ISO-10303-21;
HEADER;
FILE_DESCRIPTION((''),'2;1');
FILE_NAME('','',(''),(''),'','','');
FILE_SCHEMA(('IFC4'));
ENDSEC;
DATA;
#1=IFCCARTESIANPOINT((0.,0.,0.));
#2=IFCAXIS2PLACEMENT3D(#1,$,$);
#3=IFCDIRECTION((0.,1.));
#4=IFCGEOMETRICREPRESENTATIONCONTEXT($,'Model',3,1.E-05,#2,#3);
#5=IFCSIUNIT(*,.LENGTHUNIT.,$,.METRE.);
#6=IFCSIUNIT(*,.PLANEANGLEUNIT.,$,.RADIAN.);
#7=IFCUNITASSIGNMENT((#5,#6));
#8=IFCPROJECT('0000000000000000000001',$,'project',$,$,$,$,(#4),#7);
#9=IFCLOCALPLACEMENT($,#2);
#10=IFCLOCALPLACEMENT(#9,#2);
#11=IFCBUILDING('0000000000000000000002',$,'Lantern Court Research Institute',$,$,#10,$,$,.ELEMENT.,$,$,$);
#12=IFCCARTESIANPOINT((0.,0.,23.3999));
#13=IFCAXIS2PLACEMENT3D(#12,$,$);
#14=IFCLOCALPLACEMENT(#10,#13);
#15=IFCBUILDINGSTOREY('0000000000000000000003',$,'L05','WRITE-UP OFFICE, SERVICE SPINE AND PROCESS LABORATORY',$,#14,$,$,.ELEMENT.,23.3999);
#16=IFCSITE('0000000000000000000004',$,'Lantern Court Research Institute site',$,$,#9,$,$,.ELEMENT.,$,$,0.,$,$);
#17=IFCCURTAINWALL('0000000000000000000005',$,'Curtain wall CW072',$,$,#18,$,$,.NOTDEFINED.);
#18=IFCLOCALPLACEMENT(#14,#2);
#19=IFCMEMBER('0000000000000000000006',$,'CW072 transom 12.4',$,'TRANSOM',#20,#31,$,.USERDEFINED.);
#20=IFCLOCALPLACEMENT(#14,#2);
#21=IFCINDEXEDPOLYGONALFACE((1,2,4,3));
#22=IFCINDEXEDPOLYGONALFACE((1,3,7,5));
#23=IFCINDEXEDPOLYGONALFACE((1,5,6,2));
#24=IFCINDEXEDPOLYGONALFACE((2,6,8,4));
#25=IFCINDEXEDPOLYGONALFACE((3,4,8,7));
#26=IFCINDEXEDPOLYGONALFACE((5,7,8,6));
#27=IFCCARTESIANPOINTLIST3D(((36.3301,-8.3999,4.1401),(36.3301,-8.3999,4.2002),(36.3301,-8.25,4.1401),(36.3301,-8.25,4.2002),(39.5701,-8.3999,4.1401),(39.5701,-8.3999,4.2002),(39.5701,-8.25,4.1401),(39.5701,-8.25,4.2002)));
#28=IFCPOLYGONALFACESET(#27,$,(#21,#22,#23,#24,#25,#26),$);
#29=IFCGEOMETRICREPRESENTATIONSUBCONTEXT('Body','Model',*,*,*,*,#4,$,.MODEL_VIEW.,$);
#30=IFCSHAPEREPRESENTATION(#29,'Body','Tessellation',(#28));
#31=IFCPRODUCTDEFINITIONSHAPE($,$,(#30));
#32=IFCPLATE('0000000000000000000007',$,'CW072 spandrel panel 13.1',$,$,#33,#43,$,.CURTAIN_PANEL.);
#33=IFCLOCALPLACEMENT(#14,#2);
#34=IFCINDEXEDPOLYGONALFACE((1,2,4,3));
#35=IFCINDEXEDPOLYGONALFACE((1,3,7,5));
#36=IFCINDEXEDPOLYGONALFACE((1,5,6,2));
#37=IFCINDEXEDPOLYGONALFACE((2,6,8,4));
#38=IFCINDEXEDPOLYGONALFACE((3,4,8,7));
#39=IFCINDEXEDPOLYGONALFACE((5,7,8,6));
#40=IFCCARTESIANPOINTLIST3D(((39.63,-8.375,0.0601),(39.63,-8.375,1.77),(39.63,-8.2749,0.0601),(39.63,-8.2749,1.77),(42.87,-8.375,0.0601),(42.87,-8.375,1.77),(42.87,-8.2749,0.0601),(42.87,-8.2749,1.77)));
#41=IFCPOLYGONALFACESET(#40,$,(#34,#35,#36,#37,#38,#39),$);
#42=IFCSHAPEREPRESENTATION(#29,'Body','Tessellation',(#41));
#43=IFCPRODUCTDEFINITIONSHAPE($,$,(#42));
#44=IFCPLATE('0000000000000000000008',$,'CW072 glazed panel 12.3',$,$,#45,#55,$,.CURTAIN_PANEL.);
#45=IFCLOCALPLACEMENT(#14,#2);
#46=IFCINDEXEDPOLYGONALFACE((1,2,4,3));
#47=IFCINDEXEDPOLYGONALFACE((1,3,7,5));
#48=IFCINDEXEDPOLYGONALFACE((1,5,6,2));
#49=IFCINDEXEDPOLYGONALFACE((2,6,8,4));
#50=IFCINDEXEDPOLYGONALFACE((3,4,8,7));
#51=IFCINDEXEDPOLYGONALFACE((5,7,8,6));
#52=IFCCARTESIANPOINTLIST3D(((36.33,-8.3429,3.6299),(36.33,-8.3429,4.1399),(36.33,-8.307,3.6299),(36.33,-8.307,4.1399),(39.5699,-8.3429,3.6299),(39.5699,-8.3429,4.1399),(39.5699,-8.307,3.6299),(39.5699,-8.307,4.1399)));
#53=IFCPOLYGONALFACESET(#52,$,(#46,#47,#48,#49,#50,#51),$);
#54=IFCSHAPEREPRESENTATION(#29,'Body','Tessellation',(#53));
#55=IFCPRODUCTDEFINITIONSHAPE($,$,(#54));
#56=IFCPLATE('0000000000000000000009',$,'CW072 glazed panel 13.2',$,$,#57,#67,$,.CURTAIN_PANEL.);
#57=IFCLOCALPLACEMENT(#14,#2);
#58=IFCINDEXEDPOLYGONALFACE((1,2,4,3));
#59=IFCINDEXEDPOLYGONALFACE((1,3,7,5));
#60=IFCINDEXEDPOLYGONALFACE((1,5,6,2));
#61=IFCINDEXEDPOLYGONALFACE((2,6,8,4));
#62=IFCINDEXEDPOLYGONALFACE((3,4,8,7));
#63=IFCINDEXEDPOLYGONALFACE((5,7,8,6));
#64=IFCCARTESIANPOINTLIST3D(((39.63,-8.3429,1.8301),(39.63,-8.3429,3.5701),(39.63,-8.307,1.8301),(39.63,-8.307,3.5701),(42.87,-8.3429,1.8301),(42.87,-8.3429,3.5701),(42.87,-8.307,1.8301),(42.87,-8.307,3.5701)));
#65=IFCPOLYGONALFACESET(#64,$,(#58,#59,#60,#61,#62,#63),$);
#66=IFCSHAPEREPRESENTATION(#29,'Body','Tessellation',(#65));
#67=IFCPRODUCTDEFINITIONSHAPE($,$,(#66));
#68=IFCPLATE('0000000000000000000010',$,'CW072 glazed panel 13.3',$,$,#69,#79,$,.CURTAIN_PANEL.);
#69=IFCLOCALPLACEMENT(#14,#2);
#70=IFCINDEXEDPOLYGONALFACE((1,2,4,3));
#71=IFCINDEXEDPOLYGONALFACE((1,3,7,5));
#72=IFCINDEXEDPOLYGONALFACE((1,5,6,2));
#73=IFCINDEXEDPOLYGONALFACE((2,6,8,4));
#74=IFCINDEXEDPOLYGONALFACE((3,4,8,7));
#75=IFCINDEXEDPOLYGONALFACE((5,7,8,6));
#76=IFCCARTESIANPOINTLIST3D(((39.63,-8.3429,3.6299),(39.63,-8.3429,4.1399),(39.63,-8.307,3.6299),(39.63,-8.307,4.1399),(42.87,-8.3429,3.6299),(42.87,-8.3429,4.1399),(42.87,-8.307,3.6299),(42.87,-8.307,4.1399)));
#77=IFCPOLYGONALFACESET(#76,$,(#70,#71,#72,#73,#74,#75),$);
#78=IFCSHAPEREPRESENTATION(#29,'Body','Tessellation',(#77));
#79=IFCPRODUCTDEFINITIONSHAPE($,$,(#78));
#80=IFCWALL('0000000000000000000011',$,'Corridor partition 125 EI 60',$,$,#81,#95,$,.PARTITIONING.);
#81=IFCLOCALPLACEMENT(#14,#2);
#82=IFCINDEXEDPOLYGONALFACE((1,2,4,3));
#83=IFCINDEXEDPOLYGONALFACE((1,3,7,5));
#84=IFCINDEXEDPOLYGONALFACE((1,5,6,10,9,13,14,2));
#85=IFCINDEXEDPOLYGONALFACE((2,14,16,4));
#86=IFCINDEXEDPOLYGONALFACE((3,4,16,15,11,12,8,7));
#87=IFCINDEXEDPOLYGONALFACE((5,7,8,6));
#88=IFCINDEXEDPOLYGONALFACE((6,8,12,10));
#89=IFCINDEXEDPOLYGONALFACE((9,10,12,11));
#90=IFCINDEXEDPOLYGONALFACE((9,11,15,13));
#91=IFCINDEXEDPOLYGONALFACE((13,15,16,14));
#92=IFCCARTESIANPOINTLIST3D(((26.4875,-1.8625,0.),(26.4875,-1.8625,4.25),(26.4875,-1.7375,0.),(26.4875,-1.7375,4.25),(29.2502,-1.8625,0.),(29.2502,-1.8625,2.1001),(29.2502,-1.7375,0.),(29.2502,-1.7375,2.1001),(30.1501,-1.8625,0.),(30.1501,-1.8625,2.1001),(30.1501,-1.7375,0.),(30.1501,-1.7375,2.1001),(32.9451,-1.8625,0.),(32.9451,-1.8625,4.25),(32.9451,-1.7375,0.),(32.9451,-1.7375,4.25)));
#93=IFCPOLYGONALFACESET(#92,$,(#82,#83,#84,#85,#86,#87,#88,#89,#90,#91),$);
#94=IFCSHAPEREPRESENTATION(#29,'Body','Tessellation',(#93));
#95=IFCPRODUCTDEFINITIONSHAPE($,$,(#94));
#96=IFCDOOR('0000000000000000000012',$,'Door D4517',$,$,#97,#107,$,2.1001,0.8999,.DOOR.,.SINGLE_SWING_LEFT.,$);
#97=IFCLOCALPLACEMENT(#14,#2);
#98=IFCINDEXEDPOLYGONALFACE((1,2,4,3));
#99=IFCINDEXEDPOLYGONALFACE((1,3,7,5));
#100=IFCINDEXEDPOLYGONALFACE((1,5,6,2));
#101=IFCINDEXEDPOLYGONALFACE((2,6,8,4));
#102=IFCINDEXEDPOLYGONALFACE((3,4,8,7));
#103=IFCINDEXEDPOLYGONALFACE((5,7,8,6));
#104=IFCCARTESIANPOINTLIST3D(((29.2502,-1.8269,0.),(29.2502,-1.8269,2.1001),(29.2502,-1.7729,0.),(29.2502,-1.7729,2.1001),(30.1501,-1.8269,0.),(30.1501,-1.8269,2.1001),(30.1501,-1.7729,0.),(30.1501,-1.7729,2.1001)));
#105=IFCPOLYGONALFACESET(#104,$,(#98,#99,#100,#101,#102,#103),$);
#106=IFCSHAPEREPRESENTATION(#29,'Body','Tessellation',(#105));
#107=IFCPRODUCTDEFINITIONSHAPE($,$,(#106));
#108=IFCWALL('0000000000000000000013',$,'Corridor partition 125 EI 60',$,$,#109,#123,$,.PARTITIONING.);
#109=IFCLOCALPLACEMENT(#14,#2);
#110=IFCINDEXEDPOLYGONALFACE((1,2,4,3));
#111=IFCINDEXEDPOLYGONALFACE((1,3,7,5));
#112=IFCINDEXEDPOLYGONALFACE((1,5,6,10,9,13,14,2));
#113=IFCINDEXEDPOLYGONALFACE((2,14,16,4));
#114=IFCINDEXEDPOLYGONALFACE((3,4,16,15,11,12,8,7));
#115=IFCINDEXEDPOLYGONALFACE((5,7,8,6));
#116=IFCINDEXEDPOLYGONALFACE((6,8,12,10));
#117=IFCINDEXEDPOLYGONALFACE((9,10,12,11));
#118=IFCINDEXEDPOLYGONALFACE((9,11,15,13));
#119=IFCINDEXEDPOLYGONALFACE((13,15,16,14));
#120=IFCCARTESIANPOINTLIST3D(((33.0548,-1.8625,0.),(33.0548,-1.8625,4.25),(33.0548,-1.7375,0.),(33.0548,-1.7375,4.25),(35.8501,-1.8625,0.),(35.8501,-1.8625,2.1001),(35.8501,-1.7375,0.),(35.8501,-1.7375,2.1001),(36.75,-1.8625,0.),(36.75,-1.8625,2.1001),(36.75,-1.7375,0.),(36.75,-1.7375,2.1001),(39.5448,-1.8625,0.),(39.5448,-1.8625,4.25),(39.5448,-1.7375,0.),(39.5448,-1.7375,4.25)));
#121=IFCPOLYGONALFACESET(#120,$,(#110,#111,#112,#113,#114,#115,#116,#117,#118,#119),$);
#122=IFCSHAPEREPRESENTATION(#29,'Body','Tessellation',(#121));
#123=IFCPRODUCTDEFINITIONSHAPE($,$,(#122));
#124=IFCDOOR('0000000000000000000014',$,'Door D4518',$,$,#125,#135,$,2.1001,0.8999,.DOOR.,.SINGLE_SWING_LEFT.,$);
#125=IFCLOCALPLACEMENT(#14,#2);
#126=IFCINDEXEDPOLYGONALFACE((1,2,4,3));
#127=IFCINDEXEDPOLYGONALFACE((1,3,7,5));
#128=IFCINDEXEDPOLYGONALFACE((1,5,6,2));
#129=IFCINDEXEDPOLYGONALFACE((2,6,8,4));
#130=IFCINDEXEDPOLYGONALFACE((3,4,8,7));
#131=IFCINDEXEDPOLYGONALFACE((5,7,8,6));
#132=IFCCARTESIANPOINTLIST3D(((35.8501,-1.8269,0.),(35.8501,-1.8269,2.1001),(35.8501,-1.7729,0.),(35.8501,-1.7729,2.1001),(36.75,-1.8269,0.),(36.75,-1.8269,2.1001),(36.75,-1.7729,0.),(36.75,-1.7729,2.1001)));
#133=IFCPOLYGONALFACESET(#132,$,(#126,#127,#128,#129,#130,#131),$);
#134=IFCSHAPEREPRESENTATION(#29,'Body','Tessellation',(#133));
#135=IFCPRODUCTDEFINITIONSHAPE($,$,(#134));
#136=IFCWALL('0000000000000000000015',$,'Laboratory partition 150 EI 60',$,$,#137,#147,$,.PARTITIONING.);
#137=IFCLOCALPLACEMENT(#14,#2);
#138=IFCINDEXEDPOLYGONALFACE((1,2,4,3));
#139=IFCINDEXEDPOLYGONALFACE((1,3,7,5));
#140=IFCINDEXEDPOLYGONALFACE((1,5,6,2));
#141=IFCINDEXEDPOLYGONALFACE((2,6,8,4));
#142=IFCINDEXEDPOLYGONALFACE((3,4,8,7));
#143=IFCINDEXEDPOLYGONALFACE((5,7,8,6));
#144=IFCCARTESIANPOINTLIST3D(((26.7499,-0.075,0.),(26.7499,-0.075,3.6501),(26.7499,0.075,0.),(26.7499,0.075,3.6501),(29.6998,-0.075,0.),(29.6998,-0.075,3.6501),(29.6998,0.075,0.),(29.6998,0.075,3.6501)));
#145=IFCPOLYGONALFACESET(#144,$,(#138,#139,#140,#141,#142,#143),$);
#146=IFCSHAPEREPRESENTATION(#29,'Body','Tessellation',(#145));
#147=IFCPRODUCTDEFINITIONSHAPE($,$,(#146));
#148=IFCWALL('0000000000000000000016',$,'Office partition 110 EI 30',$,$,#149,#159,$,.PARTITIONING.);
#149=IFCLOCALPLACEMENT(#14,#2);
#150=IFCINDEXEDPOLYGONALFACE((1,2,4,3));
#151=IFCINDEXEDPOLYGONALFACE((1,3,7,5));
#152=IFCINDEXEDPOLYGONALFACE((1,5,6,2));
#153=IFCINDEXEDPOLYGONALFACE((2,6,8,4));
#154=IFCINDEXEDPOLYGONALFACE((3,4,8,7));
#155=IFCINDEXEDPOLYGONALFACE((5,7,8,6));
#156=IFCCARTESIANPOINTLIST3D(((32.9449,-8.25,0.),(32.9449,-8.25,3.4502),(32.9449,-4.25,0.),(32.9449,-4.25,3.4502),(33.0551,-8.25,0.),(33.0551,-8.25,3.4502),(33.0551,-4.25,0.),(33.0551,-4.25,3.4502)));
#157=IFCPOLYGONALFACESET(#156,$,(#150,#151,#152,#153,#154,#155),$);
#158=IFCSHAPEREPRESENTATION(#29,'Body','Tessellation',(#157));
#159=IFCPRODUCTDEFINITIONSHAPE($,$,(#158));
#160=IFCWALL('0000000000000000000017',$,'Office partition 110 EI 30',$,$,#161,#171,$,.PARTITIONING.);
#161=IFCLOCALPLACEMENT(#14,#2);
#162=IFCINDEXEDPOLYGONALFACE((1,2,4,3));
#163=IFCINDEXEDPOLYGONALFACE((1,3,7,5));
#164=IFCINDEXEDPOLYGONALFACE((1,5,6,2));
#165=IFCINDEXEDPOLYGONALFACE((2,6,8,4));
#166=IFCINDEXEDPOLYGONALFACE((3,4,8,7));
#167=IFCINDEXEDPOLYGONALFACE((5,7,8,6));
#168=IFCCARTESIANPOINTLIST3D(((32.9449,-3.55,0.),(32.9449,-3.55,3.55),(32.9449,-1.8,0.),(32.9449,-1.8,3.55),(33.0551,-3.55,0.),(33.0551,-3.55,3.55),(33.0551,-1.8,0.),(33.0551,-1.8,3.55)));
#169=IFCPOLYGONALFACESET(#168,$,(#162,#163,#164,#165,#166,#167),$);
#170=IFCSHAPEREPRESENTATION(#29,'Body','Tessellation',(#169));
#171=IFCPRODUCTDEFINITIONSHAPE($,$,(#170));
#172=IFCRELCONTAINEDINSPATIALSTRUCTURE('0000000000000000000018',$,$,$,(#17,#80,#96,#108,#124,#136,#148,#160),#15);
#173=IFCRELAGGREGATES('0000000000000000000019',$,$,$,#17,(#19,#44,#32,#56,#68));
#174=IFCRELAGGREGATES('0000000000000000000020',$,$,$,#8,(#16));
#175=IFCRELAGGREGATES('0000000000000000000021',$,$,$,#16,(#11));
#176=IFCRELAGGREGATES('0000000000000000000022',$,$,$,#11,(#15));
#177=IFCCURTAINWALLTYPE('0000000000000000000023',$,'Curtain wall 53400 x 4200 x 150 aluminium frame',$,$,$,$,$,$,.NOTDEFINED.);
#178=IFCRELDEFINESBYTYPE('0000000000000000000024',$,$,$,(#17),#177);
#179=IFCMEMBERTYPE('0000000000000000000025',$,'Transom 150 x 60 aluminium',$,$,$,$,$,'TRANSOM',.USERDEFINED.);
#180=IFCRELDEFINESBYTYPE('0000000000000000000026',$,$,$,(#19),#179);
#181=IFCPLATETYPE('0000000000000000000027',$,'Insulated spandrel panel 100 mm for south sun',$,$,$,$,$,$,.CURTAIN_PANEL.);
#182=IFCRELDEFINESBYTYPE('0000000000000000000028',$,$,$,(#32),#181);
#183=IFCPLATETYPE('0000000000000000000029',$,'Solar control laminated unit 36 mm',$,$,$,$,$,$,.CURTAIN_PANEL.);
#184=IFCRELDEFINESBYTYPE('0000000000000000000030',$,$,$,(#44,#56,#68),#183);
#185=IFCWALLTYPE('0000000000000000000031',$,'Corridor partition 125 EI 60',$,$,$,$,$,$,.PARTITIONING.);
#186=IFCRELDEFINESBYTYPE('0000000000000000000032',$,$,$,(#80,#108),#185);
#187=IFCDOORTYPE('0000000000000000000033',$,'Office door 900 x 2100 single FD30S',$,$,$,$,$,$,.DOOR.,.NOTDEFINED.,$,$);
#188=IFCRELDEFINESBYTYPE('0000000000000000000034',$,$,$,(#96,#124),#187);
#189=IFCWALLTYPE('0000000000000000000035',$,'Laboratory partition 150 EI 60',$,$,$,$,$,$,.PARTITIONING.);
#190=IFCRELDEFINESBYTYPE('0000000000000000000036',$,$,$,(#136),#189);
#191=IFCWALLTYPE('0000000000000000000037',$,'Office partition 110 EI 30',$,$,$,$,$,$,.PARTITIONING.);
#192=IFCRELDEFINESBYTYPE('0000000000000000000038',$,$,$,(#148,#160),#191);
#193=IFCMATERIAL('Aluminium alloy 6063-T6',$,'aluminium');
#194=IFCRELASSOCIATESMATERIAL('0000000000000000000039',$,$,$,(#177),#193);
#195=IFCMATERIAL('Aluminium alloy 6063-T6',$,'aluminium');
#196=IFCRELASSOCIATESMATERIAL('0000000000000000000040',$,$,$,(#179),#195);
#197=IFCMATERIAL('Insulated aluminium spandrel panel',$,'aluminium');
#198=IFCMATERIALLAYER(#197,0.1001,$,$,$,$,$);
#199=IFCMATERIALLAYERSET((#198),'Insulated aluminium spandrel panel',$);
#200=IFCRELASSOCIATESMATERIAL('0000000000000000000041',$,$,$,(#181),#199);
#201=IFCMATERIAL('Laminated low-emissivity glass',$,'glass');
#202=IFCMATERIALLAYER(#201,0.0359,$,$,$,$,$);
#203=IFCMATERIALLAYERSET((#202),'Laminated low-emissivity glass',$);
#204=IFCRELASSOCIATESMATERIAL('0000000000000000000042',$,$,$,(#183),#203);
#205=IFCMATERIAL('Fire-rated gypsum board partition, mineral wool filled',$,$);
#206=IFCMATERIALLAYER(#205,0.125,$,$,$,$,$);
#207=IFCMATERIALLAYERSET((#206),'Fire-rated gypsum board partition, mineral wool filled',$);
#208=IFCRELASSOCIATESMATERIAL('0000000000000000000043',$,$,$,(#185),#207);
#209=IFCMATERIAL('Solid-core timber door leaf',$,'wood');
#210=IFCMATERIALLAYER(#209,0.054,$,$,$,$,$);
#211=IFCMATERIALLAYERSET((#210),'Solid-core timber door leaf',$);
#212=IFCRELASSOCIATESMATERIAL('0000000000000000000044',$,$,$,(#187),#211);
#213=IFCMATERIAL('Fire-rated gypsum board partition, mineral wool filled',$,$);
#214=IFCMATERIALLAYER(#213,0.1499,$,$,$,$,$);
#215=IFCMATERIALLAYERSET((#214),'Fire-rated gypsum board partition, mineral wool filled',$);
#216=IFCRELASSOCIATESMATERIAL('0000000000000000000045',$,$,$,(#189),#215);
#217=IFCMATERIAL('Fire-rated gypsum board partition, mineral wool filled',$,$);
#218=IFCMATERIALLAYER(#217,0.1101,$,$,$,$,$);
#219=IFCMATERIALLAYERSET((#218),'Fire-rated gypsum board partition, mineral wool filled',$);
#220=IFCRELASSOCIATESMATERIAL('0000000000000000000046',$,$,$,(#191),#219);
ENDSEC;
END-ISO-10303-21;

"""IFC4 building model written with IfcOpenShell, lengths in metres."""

from ifc_helpers import new_model, si_unit, direction, frame, frame_2d, origin, origin_2d, place, context, subcontext, project, spatial, rectangle, extrude, material, layer, layer_set, material_profile, profile_set, type_object, element, fill, aggregate, save


model = new_model("IFC4")

# Units and contexts
model_context = context("Model", 3, precision=1e-05, world=origin(), true_north=direction((0.0, 1.0)))
body_context = subcontext(model_context, "Body", "Model", "MODEL_VIEW")
ifc_project = project(units=[si_unit("LENGTHUNIT", "METRE"), si_unit("PLANEANGLEUNIT", "RADIAN")], contexts=[model_context])

# Site, building, storey
site_placement = place(None, origin())
site = spatial("IfcSite", under=ifc_project, at=site_placement, Name="Lantern Court Research Institute site", CompositionType="ELEMENT", RefElevation=0.0)
building_placement = place(site_placement, origin())
building = spatial("IfcBuilding", under=site, at=building_placement, Name="Lantern Court Research Institute", CompositionType="ELEMENT")
storey_placement = place(building_placement, frame((0.0, 0.0, 23.3999)))
storey = spatial("IfcBuildingStorey", under=building, at=storey_placement, Name="L05", Description="WRITE-UP OFFICE, SERVICE SPINE AND PROCESS LABORATORY", CompositionType="ELEMENT", Elevation=23.3999)

# Curtain wall
ifc_material_1 = material(Name="Aluminium alloy 6063-T6", Category="aluminium")
curtain_wall_type = type_object("IfcCurtainWallType", Name="Curtain wall 53400 x 4200 x 150 aluminium frame", PredefinedType="NOTDEFINED", material=ifc_material_1)
curtain_wall_placement = place(storey_placement, origin())
curtain_wall = element("IfcCurtainWall", 1, at=curtain_wall_placement, inside=storey, type_object=curtain_wall_type, Name="Curtain wall CW072", PredefinedType="NOTDEFINED")

# Member
ifc_material_2 = material(Name="Aluminium alloy 6063-T6", Category="aluminium")
ifc_material_profile_1 = material_profile(ifc_material_2, rectangle(XDim=0.1499, YDim=0.0601, at=origin_2d()), Name="Transom 150 x 60")
ifc_profile_set_1 = profile_set([ifc_material_profile_1], Name="Aluminium alloy 6063-T6")
member_type_1 = type_object("IfcMemberType", Name="Transom 150 x 60 aluminium", ElementType="TRANSOM", PredefinedType="USERDEFINED", material=ifc_profile_set_1)
member_1_placement = place(storey_placement, frame((39.5701, -8.325, 4.1702), z_axis=(-1.0, 0.0, 0.0), x_axis=(0.0, -1.0, 0.0)))
member_1 = element("IfcMember", 2, at=member_1_placement, type_object=member_type_1, Name="CW072 transom 12.4", ObjectType="TRANSOM", PredefinedType="USERDEFINED", context=body_context, shape_type="SweptSolid", body=[
    extrude(rectangle(XDim=0.1499, YDim=0.0601, at=origin_2d()), origin(), (0.0, 0.0, 1.0), 3.24),
])

# Plates
ifc_material_3 = material(Name="Insulated aluminium spandrel panel", Category="aluminium")
ifc_layer_1 = layer(ifc_material_3, 0.1001)
ifc_layer_set_1 = layer_set([ifc_layer_1], Name="Insulated aluminium spandrel panel")
plate_type_1 = type_object("IfcPlateType", Name="Insulated spandrel panel 100 mm for south sun", PredefinedType="CURTAIN_PANEL", material=ifc_layer_set_1)
plate_1_placement = place(storey_placement, frame((41.25, -8.325, 0.0601), z_axis=(0.0, 0.0, 1.0), x_axis=(-1.0, 0.0, 0.0)))
plate_1 = element("IfcPlate", 3, at=plate_1_placement, type_object=plate_type_1, Name="CW072 spandrel panel 13.1", PredefinedType="CURTAIN_PANEL", context=body_context, shape_type="SweptSolid", body=[
    extrude(rectangle(XDim=3.24, YDim=0.1001, at=origin_2d()), origin(), (0.0, 0.0, 1.0), 1.71),
])
ifc_material_4 = material(Name="Laminated low-emissivity glass", Category="glass")
ifc_layer_2 = layer(ifc_material_4, 0.0359)
ifc_layer_set_2 = layer_set([ifc_layer_2], Name="Laminated low-emissivity glass")
plate_type_2 = type_object("IfcPlateType", Name="Solar control laminated unit 36 mm", PredefinedType="CURTAIN_PANEL", material=ifc_layer_set_2)
plate_2_placement = place(storey_placement, frame((37.95, -8.325, 3.6299), z_axis=(0.0, 0.0, 1.0), x_axis=(-1.0, 0.0, 0.0)))
plate_2 = element("IfcPlate", 4, at=plate_2_placement, type_object=plate_type_2, Name="CW072 glazed panel 12.3", PredefinedType="CURTAIN_PANEL", context=body_context, shape_type="SweptSolid", body=[
    extrude(rectangle(XDim=3.24, YDim=0.0359, at=origin_2d()), origin(), (0.0, 0.0, 1.0), 0.51),
])
plate_3_placement = place(storey_placement, frame((41.25, -8.325, 1.8301), z_axis=(0.0, 0.0, 1.0), x_axis=(-1.0, 0.0, 0.0)))
plate_3 = element("IfcPlate", 5, at=plate_3_placement, type_object=plate_type_2, Name="CW072 glazed panel 13.2", PredefinedType="CURTAIN_PANEL", context=body_context, shape_type="SweptSolid", body=[
    extrude(rectangle(XDim=3.24, YDim=0.0359, at=origin_2d()), origin(), (0.0, 0.0, 1.0), 1.74),
])
plate_4_placement = place(storey_placement, frame((41.25, -8.325, 3.6299), z_axis=(0.0, 0.0, 1.0), x_axis=(-1.0, 0.0, 0.0)))
plate_4 = element("IfcPlate", 6, at=plate_4_placement, type_object=plate_type_2, Name="CW072 glazed panel 13.3", PredefinedType="CURTAIN_PANEL", context=body_context, shape_type="SweptSolid", body=[
    extrude(rectangle(XDim=3.24, YDim=0.0359, at=origin_2d()), origin(), (0.0, 0.0, 1.0), 0.51),
])
aggregate(curtain_wall, [member_1, plate_2, plate_1, plate_3, plate_4])

# Walls, openings, doors
ifc_material_5 = material(Name="Fire-rated gypsum board partition, mineral wool filled")
ifc_layer_3 = layer(ifc_material_5, 0.125)
ifc_layer_set_3 = layer_set([ifc_layer_3], Name="Fire-rated gypsum board partition, mineral wool filled")
wall_type_1 = type_object("IfcWallType", Name="Corridor partition 125 EI 60", PredefinedType="PARTITIONING", material=ifc_layer_set_3)
wall_1_placement = place(storey_placement, frame((32.9451, -1.8, 0.0), z_axis=(0.0, 0.0, 1.0), x_axis=(-1.0, 0.0, 0.0)))
wall_1 = element("IfcWall", 7, at=wall_1_placement, inside=storey, type_object=wall_type_1, Name="Corridor partition 125 EI 60", PredefinedType="PARTITIONING", context=body_context, shape_type="SweptSolid", body=[
    extrude(rectangle(XDim=6.4575, YDim=0.125, at=frame_2d((3.2288, 0.0))), origin(), (0.0, 0.0, 1.0), 4.25),
])
opening_1_placement = place(wall_1_placement, frame((2.7949, 0.0, 0.0)))
opening_1 = element("IfcOpeningElement", 8, at=opening_1_placement, cuts=wall_1, PredefinedType="OPENING", context=body_context, shape_type="SweptSolid", body=[
    extrude(rectangle(XDim=0.8999, YDim=2.1001, at=frame_2d((0.45, 1.05))), frame((0.0, 0.0725, 0.0), z_axis=(0.0, -1.0, 0.0), x_axis=(1.0, 0.0, 0.0)), (0.0, 0.0, 1.0), 0.145),
])
ifc_material_6 = material(Name="Solid-core timber door leaf", Category="wood")
ifc_layer_4 = layer(ifc_material_6, 0.054)
ifc_layer_set_4 = layer_set([ifc_layer_4], Name="Solid-core timber door leaf")
door_type = type_object("IfcDoorType", Name="Office door 900 x 2100 single FD30S", OperationType="NOTDEFINED", PredefinedType="DOOR", material=ifc_layer_set_4)
door_1_placement = place(opening_1_placement, origin())
door_1 = element("IfcDoor", 9, at=door_1_placement, inside=storey, type_object=door_type, Name="Door D4517", OperationType="SINGLE_SWING_LEFT", OverallHeight=2.1001, OverallWidth=0.8999, PredefinedType="DOOR", context=body_context, shape_type="SweptSolid", body=[
    extrude(rectangle(XDim=0.8999, YDim=2.1001, at=frame_2d((0.45, 1.05))), frame((0.0, 0.0269, 0.0), z_axis=(0.0, -1.0, 0.0), x_axis=(1.0, 0.0, 0.0)), (0.0, 0.0, 1.0), 0.054),
])
fill(opening_1, door_1)
wall_2_placement = place(storey_placement, frame((39.5449, -1.8, 0.0), z_axis=(0.0, 0.0, 1.0), x_axis=(-1.0, 0.0, 0.0)))
wall_2 = element("IfcWall", 10, at=wall_2_placement, inside=storey, type_object=wall_type_1, Name="Corridor partition 125 EI 60", PredefinedType="PARTITIONING", context=body_context, shape_type="SweptSolid", body=[
    extrude(rectangle(XDim=6.49, YDim=0.125, at=frame_2d((3.2451, 0.0))), origin(), (0.0, 0.0, 1.0), 4.25),
])
opening_2_placement = place(wall_2_placement, frame((2.7949, 0.0, 0.0)))
opening_2 = element("IfcOpeningElement", 11, at=opening_2_placement, cuts=wall_2, PredefinedType="OPENING", context=body_context, shape_type="SweptSolid", body=[
    extrude(rectangle(XDim=0.8999, YDim=2.1001, at=frame_2d((0.45, 1.05))), frame((0.0, 0.0725, 0.0), z_axis=(0.0, -1.0, 0.0), x_axis=(1.0, 0.0, 0.0)), (0.0, 0.0, 1.0), 0.145),
])
door_2_placement = place(opening_2_placement, origin())
door_2 = element("IfcDoor", 12, at=door_2_placement, inside=storey, type_object=door_type, Name="Door D4518", OperationType="SINGLE_SWING_LEFT", OverallHeight=2.1001, OverallWidth=0.8999, PredefinedType="DOOR", context=body_context, shape_type="SweptSolid", body=[
    extrude(rectangle(XDim=0.8999, YDim=2.1001, at=frame_2d((0.45, 1.05))), frame((0.0, 0.0269, 0.0), z_axis=(0.0, -1.0, 0.0), x_axis=(1.0, 0.0, 0.0)), (0.0, 0.0, 1.0), 0.054),
])
fill(opening_2, door_2)

# Walls
ifc_material_7 = material(Name="Fire-rated gypsum board partition, mineral wool filled")
ifc_layer_5 = layer(ifc_material_7, 0.1499)
ifc_layer_set_5 = layer_set([ifc_layer_5], Name="Fire-rated gypsum board partition, mineral wool filled")
wall_type_2 = type_object("IfcWallType", Name="Laboratory partition 150 EI 60", PredefinedType="PARTITIONING", material=ifc_layer_set_5)
wall_3_placement = place(storey_placement, frame((29.7, 0.0, 0.0), z_axis=(0.0, 0.0, 1.0), x_axis=(-1.0, 0.0, 0.0)))
element("IfcWall", 13, at=wall_3_placement, inside=storey, type_object=wall_type_2, Name="Laboratory partition 150 EI 60", PredefinedType="PARTITIONING", context=body_context, shape_type="SweptSolid", body=[
    extrude(rectangle(XDim=2.95, YDim=0.1499, at=frame_2d((1.4751, 0.0))), origin(), (0.0, 0.0, 1.0), 3.6501),
])
ifc_material_8 = material(Name="Fire-rated gypsum board partition, mineral wool filled")
ifc_layer_6 = layer(ifc_material_8, 0.1101)
ifc_layer_set_6 = layer_set([ifc_layer_6], Name="Fire-rated gypsum board partition, mineral wool filled")
wall_type_3 = type_object("IfcWallType", Name="Office partition 110 EI 30", PredefinedType="PARTITIONING", material=ifc_layer_set_6)
wall_4_placement = place(storey_placement, frame((33.0, -8.25, 0.0), z_axis=(0.0, 0.0, 1.0), x_axis=(0.0, 1.0, 0.0)))
element("IfcWall", 14, at=wall_4_placement, inside=storey, type_object=wall_type_3, Name="Office partition 110 EI 30", PredefinedType="PARTITIONING", context=body_context, shape_type="SweptSolid", body=[
    extrude(rectangle(XDim=4.0, YDim=0.1101, at=frame_2d((2.0, 0.0))), origin(), (0.0, 0.0, 1.0), 3.4502),
])
wall_5_placement = place(storey_placement, frame((33.0, -3.55, 0.0), z_axis=(0.0, 0.0, 1.0), x_axis=(0.0, 1.0, 0.0)))
element("IfcWall", 15, at=wall_5_placement, inside=storey, type_object=wall_type_3, Name="Office partition 110 EI 30", PredefinedType="PARTITIONING", context=body_context, shape_type="SweptSolid", body=[
    extrude(rectangle(XDim=1.75, YDim=0.1101, at=frame_2d((0.875, 0.0))), origin(), (0.0, 0.0, 1.0), 3.55),
])

save(model, "model.ifc")
